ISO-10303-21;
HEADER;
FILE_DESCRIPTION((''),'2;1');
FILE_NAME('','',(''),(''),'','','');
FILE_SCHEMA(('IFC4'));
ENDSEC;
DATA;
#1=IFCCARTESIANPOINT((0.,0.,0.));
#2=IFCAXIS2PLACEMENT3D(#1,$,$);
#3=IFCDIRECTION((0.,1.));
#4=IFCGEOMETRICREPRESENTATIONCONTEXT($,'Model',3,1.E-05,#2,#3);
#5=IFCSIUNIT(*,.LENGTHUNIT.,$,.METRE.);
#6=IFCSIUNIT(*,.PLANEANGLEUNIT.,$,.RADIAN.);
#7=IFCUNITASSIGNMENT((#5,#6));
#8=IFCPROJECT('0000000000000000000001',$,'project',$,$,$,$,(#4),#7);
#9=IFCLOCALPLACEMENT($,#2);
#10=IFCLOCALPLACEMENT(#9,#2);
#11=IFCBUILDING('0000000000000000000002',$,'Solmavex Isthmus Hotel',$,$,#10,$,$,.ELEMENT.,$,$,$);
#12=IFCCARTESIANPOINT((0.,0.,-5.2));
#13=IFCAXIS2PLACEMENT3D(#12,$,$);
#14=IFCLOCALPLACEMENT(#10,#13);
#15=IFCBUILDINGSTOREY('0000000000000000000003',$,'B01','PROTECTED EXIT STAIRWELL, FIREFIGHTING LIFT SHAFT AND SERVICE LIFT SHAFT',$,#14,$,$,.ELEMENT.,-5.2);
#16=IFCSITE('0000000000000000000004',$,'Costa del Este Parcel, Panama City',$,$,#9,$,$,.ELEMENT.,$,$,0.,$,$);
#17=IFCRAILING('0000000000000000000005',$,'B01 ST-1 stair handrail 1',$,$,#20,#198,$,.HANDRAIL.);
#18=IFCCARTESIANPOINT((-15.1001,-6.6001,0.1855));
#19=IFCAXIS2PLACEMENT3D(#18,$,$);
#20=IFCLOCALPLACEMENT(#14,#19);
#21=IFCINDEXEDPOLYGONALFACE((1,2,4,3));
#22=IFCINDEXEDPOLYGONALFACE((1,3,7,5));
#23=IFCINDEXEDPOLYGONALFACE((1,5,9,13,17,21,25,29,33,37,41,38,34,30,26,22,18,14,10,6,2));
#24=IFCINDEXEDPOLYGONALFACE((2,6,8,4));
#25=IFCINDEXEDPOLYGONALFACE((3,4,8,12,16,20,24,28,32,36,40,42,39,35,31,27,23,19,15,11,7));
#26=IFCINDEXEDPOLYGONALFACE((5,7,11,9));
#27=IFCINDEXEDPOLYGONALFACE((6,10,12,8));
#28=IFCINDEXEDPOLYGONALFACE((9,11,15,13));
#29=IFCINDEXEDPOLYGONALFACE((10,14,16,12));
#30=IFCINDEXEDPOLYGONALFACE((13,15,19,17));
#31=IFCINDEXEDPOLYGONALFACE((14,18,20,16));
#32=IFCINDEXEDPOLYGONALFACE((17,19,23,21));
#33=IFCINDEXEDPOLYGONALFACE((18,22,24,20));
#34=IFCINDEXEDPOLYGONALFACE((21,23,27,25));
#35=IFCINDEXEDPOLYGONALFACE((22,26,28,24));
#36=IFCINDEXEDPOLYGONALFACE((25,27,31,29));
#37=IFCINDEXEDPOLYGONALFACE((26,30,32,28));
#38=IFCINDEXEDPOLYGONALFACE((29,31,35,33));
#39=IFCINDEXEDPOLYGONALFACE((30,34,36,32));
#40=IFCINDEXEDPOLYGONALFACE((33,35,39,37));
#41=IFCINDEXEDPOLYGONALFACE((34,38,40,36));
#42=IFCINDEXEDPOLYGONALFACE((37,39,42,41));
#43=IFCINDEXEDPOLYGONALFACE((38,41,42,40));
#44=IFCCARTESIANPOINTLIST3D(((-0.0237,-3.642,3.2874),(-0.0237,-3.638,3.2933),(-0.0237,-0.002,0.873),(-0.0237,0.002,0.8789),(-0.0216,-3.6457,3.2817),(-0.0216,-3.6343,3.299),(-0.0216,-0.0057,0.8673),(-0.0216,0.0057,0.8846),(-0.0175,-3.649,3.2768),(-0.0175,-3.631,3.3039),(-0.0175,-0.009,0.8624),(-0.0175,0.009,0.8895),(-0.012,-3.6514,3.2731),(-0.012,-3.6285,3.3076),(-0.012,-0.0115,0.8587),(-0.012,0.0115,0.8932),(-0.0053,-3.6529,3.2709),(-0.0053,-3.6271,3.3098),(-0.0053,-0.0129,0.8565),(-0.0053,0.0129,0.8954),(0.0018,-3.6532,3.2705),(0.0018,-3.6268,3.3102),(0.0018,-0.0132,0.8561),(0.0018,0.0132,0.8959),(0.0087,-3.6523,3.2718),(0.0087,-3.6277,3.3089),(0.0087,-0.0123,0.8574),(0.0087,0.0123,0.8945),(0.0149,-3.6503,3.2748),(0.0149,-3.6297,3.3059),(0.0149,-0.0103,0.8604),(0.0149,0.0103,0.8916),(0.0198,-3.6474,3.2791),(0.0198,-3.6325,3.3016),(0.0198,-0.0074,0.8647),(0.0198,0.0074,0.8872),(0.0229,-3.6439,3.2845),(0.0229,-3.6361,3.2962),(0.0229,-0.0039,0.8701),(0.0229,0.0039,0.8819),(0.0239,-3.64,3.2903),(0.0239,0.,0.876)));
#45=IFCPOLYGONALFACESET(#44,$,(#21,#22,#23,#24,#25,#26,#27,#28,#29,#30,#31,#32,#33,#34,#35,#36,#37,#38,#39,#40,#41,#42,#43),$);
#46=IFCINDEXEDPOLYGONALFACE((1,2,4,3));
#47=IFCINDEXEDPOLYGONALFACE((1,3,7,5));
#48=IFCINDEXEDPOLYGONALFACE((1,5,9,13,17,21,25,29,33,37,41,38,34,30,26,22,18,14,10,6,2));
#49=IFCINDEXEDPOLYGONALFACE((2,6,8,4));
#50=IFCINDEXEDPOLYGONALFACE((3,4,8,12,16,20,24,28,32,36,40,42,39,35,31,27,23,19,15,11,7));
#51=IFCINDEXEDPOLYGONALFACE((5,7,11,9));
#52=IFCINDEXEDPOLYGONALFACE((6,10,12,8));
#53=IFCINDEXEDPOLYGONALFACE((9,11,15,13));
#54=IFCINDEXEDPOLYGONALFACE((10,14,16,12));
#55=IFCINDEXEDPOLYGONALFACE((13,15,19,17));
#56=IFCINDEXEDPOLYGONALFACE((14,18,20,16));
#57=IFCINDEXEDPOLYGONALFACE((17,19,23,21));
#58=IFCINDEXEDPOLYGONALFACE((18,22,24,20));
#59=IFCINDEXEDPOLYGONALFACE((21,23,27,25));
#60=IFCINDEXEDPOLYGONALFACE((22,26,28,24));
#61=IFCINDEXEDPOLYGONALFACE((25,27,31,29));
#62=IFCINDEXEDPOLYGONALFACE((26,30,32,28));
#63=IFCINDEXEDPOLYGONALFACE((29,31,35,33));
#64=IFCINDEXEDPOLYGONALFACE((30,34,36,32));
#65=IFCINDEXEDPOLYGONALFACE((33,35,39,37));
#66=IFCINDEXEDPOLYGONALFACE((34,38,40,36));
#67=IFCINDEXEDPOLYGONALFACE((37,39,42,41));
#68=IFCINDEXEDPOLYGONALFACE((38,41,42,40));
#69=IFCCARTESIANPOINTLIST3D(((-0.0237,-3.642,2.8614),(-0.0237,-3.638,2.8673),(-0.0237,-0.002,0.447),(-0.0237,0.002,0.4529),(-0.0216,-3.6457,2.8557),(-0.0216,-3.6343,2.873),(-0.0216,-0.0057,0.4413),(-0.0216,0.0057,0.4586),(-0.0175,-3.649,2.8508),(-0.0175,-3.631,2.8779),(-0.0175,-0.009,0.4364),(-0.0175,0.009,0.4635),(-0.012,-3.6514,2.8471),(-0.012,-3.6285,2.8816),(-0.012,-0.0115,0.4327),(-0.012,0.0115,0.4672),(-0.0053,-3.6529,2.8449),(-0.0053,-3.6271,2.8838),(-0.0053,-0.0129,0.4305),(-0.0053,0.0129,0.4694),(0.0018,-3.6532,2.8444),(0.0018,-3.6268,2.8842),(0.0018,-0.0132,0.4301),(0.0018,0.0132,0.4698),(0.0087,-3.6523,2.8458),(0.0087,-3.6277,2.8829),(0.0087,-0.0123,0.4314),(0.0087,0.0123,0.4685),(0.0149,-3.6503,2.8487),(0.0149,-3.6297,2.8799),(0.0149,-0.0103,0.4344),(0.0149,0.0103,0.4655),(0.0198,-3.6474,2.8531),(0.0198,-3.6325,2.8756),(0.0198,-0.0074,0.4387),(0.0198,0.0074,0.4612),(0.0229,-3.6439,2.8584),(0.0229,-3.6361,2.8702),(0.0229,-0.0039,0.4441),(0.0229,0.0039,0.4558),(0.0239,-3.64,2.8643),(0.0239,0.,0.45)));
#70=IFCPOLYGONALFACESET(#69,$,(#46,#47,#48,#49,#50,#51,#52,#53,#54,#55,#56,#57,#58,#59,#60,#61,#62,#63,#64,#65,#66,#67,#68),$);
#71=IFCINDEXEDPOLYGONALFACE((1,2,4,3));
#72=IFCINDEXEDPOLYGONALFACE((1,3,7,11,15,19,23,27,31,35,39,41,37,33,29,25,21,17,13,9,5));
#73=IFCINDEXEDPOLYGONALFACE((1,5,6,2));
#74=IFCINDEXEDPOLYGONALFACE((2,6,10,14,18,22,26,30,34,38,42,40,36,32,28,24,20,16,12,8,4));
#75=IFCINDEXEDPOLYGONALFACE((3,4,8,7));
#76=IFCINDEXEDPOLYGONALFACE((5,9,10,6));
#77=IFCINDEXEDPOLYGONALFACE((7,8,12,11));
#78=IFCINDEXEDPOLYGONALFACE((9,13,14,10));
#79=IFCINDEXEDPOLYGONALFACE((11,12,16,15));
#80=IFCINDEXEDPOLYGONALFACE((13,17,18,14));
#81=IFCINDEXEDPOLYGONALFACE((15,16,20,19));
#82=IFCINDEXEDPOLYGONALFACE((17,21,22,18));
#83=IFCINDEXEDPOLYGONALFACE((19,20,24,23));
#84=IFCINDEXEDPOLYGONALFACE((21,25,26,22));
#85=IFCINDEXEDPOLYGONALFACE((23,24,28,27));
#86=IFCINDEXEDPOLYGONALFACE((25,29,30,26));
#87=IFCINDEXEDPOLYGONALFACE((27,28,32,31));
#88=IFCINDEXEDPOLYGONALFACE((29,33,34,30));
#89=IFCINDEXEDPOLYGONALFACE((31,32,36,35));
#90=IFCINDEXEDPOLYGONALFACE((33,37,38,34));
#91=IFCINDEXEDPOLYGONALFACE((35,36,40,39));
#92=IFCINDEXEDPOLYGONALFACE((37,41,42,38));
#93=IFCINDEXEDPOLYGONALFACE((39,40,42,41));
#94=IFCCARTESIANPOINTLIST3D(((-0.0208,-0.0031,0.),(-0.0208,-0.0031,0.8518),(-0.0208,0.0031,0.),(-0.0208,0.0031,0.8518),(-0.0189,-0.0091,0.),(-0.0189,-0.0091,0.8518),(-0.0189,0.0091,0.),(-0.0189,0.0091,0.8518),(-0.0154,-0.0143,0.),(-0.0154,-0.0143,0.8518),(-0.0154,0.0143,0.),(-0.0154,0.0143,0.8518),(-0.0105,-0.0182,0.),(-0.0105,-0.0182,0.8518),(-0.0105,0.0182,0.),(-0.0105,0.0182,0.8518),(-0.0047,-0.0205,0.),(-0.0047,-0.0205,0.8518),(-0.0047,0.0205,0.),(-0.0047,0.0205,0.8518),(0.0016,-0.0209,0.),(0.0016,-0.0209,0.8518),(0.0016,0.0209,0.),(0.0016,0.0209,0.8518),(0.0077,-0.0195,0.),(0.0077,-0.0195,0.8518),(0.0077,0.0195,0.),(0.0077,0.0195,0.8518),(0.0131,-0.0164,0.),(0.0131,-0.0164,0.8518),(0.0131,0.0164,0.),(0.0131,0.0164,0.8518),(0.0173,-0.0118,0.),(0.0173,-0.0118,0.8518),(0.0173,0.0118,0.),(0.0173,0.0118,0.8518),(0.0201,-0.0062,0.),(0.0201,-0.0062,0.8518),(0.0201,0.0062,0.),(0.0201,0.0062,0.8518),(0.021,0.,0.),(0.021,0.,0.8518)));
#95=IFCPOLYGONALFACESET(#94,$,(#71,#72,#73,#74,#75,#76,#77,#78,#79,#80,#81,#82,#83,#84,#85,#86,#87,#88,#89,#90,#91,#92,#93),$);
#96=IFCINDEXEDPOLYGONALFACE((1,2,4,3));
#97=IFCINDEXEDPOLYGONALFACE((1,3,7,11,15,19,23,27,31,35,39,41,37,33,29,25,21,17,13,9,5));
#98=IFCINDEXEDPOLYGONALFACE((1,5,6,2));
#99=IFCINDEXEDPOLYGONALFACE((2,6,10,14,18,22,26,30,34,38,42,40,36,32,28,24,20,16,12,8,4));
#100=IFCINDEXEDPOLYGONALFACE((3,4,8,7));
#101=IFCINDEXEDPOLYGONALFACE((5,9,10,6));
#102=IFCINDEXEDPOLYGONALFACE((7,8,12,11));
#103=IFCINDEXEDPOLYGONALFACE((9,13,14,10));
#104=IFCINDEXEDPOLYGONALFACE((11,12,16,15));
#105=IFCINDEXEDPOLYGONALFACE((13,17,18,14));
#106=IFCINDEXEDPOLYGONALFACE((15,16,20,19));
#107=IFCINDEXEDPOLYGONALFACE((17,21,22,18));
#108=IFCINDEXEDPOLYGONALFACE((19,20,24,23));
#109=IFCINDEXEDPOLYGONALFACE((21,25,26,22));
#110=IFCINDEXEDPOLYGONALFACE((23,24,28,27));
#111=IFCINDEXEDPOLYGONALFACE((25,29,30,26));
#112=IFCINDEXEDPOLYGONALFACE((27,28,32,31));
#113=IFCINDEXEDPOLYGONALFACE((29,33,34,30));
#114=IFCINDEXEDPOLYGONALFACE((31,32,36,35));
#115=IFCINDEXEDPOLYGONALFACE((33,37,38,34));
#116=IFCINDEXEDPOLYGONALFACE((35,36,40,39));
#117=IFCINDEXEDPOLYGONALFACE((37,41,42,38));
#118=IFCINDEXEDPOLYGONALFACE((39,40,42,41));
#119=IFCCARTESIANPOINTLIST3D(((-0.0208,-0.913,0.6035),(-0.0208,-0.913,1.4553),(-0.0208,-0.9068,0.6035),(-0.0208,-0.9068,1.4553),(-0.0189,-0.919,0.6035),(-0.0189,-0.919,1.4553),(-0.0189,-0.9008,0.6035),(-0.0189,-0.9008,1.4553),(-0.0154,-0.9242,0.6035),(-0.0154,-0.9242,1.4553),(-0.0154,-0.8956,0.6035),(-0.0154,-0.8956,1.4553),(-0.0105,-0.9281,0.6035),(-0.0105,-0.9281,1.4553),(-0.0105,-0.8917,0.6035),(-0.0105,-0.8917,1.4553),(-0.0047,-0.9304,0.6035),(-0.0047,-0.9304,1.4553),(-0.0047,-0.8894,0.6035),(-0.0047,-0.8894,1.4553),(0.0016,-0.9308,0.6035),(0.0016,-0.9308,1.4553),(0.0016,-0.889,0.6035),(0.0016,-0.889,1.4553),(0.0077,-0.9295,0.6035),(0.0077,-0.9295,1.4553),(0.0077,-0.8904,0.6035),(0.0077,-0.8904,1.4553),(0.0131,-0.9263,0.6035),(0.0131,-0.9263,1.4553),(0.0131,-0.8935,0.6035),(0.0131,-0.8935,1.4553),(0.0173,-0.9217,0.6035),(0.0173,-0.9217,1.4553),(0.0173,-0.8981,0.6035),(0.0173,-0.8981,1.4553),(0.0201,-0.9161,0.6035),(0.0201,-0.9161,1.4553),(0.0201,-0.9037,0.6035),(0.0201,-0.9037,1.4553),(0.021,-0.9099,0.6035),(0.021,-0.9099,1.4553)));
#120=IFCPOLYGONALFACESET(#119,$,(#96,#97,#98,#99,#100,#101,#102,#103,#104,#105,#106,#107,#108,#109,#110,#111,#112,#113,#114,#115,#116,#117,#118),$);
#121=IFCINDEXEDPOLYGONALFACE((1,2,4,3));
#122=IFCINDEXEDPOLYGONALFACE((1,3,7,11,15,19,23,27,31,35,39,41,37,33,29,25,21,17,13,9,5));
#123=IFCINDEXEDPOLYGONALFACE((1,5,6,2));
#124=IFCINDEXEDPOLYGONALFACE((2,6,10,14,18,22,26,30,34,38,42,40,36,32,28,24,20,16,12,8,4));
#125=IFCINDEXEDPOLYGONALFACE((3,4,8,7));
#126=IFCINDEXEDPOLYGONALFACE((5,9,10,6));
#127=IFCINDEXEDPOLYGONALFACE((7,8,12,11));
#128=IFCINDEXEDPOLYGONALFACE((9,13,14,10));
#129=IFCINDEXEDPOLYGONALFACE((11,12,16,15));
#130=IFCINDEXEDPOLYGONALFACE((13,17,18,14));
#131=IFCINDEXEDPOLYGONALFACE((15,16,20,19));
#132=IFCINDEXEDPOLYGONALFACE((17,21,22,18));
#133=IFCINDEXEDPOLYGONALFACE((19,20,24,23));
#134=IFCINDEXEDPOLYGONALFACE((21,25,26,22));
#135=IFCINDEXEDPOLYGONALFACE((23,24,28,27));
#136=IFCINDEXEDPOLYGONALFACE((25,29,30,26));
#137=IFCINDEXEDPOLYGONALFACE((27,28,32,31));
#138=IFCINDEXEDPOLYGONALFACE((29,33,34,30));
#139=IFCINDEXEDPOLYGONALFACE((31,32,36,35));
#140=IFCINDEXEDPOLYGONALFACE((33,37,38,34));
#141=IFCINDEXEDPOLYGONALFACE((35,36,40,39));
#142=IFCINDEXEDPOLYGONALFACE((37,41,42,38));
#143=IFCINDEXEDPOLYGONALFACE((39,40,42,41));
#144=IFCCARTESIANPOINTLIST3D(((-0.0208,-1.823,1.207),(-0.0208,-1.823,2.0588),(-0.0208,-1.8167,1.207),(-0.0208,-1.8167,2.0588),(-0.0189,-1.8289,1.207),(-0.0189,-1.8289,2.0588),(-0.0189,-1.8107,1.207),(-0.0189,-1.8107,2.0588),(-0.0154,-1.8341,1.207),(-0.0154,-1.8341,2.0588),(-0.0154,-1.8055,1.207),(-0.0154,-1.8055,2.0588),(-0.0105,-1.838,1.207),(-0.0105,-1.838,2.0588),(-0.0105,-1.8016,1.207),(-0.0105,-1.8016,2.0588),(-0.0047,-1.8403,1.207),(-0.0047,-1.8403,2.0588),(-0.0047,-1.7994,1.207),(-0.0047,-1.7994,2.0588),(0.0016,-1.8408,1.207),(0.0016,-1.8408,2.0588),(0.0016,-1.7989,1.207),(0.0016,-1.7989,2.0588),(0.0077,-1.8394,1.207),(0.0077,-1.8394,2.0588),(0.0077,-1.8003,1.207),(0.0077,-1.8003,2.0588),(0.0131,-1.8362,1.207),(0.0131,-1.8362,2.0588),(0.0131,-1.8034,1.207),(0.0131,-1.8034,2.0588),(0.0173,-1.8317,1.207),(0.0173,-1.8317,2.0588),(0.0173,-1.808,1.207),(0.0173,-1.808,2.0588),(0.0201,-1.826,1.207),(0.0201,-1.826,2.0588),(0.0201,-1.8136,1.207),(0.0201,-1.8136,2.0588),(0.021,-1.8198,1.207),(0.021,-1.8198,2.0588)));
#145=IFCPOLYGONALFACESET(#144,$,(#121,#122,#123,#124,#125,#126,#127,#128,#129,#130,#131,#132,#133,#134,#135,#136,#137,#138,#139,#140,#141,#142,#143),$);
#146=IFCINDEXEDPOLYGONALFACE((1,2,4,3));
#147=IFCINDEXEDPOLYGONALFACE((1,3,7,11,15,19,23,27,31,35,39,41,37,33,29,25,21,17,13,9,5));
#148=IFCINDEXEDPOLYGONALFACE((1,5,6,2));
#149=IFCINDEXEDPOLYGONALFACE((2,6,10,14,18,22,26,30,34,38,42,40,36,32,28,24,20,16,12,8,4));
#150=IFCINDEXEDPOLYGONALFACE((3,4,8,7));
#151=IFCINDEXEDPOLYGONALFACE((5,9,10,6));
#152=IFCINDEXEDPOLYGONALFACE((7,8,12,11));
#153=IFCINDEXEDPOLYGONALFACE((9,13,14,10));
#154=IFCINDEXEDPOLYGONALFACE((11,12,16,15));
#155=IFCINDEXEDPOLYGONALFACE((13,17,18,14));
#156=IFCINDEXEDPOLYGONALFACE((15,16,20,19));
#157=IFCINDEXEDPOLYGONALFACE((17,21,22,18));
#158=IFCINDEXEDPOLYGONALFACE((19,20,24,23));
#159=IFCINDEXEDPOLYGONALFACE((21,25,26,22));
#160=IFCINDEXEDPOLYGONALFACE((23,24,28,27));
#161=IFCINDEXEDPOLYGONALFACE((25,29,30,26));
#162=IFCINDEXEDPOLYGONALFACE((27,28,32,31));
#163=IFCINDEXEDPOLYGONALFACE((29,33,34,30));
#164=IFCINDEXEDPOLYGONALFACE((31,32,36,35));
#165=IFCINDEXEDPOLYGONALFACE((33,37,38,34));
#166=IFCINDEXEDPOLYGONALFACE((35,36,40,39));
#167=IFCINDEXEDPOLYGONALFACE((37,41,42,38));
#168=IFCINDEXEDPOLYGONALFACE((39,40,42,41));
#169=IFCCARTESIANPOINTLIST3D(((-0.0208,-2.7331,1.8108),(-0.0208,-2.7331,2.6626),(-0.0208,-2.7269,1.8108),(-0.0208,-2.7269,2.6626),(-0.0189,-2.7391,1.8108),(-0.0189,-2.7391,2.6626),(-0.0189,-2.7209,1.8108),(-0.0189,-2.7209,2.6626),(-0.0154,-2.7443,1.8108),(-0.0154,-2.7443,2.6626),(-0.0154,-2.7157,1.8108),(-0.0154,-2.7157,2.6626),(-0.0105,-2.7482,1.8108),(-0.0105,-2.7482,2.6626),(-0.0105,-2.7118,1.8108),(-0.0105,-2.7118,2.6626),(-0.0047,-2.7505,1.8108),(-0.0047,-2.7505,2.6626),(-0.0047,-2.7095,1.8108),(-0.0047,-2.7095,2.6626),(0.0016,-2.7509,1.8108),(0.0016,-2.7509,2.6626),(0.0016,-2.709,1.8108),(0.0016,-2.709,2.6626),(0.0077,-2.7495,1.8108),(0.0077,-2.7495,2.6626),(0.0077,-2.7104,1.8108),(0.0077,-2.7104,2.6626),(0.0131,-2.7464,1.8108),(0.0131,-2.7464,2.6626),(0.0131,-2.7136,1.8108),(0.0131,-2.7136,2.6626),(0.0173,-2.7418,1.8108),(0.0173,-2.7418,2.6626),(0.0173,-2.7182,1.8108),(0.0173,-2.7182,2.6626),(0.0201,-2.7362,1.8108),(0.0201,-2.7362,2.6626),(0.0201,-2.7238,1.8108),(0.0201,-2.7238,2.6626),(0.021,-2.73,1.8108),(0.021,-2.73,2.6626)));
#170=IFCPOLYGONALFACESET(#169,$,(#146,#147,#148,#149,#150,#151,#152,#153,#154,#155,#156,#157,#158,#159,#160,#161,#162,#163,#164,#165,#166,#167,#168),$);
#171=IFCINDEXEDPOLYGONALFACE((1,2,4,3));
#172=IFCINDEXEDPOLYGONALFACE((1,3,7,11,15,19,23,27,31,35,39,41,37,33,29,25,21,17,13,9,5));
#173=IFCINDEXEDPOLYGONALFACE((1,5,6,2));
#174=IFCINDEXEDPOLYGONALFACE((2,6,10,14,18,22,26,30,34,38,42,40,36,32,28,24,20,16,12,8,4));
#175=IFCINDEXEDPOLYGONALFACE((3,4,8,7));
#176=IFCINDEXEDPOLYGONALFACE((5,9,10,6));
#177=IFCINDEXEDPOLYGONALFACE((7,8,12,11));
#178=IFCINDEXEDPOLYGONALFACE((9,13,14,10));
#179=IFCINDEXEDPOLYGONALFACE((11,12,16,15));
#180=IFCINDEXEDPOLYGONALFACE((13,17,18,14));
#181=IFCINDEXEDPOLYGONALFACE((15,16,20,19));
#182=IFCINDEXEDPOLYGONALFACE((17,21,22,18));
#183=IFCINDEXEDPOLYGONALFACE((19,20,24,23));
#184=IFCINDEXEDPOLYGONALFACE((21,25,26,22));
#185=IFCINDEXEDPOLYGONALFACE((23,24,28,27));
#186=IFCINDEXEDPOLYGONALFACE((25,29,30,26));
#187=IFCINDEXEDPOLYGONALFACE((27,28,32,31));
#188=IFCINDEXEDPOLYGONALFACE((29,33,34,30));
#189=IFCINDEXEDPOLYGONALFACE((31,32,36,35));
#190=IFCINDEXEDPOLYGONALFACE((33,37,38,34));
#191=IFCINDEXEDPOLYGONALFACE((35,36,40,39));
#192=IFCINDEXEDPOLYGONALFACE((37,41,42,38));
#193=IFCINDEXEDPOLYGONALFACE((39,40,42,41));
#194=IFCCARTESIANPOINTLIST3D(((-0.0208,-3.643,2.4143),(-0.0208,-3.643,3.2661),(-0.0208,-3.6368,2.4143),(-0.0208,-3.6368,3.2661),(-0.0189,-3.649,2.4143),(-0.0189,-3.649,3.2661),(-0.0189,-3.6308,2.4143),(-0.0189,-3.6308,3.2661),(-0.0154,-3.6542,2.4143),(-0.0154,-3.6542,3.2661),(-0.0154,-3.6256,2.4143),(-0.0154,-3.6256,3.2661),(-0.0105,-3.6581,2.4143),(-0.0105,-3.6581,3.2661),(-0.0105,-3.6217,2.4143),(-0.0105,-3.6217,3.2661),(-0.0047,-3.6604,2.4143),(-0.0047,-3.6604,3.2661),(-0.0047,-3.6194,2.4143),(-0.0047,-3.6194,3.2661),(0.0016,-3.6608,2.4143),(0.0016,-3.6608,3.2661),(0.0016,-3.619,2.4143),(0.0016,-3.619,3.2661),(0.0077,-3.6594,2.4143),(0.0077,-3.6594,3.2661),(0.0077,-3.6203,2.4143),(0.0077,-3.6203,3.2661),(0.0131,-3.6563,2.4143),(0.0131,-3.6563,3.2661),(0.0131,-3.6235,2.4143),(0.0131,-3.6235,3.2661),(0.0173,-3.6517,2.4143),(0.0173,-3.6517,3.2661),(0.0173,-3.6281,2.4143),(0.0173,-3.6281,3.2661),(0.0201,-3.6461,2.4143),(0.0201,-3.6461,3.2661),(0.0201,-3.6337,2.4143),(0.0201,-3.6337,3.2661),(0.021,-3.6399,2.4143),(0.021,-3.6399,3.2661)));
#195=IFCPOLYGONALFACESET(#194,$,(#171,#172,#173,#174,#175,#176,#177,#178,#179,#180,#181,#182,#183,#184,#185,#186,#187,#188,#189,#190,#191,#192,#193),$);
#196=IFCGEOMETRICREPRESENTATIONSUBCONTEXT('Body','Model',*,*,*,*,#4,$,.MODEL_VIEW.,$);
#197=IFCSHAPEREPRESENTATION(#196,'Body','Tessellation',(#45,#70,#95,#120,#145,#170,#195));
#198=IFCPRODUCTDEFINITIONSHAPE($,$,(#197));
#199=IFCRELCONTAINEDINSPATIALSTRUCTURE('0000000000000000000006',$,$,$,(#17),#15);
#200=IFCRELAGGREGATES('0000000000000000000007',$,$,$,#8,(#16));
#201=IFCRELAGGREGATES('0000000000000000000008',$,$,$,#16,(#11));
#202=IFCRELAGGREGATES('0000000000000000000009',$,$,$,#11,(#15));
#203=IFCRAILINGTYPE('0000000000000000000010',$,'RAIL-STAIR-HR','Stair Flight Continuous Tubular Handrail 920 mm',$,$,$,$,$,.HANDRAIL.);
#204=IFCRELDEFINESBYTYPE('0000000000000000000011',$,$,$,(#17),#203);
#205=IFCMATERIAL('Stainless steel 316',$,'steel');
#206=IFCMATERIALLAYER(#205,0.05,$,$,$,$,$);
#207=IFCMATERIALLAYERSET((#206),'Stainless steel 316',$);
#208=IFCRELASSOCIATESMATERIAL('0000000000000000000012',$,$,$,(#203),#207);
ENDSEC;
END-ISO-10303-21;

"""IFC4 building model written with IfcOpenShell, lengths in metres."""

from ifc_helpers import new_model, si_unit, direction, frame, origin, origin_2d, place, context, subcontext, project, spatial, circle, extrude, material, layer, layer_set, type_object, element, save


model = new_model("IFC4")

# Units and contexts
model_context = context("Model", 3, precision=1e-05, world=origin(), true_north=direction((0.0, 1.0)))
body_context = subcontext(model_context, "Body", "Model", "MODEL_VIEW")
ifc_project = project(units=[si_unit("LENGTHUNIT", "METRE"), si_unit("PLANEANGLEUNIT", "RADIAN")], contexts=[model_context])

# Site, building, storey
site_placement = place(None, origin())
site = spatial("IfcSite", under=ifc_project, at=site_placement, Name="Costa del Este Parcel, Panama City", CompositionType="ELEMENT", RefElevation=0.0)
building_placement = place(site_placement, origin())
building = spatial("IfcBuilding", under=site, at=building_placement, Name="Solmavex Isthmus Hotel", CompositionType="ELEMENT")
storey_placement = place(building_placement, frame((0.0, 0.0, -5.2)))
storey = spatial("IfcBuildingStorey", under=building, at=storey_placement, Name="B01", Description="PROTECTED EXIT STAIRWELL, FIREFIGHTING LIFT SHAFT AND SERVICE LIFT SHAFT", CompositionType="ELEMENT", Elevation=-5.2)

# Shared definitions
ifc_material_1 = material(Name="Stainless steel 316", Category="steel")

# Railing
ifc_layer_1 = layer(ifc_material_1, 0.05)
ifc_layer_set_1 = layer_set([ifc_layer_1], Name="Stainless steel 316")
railing_type_1 = type_object("IfcRailingType", Name="RAIL-STAIR-HR", Description="Stair Flight Continuous Tubular Handrail 920 mm", PredefinedType="HANDRAIL", material=ifc_layer_set_1)
railing_1_placement = place(storey_placement, frame((-15.1001, -6.6001, 0.1855)))
element("IfcRailing", 1, at=railing_1_placement, inside=storey, type_object=railing_type_1, Name="B01 ST-1 stair handrail 1", PredefinedType="HANDRAIL", context=body_context, shape_type="SweptSolid", body=[
    extrude(circle(Radius=0.0239, at=origin_2d()), frame((0.0, 0.0, 0.876), z_axis=(0.0, -0.833347, 0.552751), x_axis=(1.0, 0.0, 0.0)), (0.0, 0.0, 1.0), 4.3679),
    extrude(circle(Radius=0.0239, at=origin_2d()), frame((0.0, 0.0, 0.45), z_axis=(0.0, -0.833347, 0.552751), x_axis=(1.0, 0.0, 0.0)), (0.0, 0.0, 1.0), 4.3679),
    extrude(circle(Radius=0.021, at=origin_2d()), origin(), (0.0, 0.0, 1.0), 0.8518),
    extrude(circle(Radius=0.021, at=origin_2d()), frame((0.0, -0.9099, 0.6035)), (0.0, 0.0, 1.0), 0.8518),
    extrude(circle(Radius=0.021, at=origin_2d()), frame((0.0, -1.8198, 1.207)), (0.0, 0.0, 1.0), 0.8518),
    extrude(circle(Radius=0.021, at=origin_2d()), frame((0.0, -2.73, 1.8108)), (0.0, 0.0, 1.0), 0.8518),
    extrude(circle(Radius=0.021, at=origin_2d()), frame((0.0, -3.6399, 2.4143)), (0.0, 0.0, 1.0), 0.8518),
])

save(model, "model.ifc")
